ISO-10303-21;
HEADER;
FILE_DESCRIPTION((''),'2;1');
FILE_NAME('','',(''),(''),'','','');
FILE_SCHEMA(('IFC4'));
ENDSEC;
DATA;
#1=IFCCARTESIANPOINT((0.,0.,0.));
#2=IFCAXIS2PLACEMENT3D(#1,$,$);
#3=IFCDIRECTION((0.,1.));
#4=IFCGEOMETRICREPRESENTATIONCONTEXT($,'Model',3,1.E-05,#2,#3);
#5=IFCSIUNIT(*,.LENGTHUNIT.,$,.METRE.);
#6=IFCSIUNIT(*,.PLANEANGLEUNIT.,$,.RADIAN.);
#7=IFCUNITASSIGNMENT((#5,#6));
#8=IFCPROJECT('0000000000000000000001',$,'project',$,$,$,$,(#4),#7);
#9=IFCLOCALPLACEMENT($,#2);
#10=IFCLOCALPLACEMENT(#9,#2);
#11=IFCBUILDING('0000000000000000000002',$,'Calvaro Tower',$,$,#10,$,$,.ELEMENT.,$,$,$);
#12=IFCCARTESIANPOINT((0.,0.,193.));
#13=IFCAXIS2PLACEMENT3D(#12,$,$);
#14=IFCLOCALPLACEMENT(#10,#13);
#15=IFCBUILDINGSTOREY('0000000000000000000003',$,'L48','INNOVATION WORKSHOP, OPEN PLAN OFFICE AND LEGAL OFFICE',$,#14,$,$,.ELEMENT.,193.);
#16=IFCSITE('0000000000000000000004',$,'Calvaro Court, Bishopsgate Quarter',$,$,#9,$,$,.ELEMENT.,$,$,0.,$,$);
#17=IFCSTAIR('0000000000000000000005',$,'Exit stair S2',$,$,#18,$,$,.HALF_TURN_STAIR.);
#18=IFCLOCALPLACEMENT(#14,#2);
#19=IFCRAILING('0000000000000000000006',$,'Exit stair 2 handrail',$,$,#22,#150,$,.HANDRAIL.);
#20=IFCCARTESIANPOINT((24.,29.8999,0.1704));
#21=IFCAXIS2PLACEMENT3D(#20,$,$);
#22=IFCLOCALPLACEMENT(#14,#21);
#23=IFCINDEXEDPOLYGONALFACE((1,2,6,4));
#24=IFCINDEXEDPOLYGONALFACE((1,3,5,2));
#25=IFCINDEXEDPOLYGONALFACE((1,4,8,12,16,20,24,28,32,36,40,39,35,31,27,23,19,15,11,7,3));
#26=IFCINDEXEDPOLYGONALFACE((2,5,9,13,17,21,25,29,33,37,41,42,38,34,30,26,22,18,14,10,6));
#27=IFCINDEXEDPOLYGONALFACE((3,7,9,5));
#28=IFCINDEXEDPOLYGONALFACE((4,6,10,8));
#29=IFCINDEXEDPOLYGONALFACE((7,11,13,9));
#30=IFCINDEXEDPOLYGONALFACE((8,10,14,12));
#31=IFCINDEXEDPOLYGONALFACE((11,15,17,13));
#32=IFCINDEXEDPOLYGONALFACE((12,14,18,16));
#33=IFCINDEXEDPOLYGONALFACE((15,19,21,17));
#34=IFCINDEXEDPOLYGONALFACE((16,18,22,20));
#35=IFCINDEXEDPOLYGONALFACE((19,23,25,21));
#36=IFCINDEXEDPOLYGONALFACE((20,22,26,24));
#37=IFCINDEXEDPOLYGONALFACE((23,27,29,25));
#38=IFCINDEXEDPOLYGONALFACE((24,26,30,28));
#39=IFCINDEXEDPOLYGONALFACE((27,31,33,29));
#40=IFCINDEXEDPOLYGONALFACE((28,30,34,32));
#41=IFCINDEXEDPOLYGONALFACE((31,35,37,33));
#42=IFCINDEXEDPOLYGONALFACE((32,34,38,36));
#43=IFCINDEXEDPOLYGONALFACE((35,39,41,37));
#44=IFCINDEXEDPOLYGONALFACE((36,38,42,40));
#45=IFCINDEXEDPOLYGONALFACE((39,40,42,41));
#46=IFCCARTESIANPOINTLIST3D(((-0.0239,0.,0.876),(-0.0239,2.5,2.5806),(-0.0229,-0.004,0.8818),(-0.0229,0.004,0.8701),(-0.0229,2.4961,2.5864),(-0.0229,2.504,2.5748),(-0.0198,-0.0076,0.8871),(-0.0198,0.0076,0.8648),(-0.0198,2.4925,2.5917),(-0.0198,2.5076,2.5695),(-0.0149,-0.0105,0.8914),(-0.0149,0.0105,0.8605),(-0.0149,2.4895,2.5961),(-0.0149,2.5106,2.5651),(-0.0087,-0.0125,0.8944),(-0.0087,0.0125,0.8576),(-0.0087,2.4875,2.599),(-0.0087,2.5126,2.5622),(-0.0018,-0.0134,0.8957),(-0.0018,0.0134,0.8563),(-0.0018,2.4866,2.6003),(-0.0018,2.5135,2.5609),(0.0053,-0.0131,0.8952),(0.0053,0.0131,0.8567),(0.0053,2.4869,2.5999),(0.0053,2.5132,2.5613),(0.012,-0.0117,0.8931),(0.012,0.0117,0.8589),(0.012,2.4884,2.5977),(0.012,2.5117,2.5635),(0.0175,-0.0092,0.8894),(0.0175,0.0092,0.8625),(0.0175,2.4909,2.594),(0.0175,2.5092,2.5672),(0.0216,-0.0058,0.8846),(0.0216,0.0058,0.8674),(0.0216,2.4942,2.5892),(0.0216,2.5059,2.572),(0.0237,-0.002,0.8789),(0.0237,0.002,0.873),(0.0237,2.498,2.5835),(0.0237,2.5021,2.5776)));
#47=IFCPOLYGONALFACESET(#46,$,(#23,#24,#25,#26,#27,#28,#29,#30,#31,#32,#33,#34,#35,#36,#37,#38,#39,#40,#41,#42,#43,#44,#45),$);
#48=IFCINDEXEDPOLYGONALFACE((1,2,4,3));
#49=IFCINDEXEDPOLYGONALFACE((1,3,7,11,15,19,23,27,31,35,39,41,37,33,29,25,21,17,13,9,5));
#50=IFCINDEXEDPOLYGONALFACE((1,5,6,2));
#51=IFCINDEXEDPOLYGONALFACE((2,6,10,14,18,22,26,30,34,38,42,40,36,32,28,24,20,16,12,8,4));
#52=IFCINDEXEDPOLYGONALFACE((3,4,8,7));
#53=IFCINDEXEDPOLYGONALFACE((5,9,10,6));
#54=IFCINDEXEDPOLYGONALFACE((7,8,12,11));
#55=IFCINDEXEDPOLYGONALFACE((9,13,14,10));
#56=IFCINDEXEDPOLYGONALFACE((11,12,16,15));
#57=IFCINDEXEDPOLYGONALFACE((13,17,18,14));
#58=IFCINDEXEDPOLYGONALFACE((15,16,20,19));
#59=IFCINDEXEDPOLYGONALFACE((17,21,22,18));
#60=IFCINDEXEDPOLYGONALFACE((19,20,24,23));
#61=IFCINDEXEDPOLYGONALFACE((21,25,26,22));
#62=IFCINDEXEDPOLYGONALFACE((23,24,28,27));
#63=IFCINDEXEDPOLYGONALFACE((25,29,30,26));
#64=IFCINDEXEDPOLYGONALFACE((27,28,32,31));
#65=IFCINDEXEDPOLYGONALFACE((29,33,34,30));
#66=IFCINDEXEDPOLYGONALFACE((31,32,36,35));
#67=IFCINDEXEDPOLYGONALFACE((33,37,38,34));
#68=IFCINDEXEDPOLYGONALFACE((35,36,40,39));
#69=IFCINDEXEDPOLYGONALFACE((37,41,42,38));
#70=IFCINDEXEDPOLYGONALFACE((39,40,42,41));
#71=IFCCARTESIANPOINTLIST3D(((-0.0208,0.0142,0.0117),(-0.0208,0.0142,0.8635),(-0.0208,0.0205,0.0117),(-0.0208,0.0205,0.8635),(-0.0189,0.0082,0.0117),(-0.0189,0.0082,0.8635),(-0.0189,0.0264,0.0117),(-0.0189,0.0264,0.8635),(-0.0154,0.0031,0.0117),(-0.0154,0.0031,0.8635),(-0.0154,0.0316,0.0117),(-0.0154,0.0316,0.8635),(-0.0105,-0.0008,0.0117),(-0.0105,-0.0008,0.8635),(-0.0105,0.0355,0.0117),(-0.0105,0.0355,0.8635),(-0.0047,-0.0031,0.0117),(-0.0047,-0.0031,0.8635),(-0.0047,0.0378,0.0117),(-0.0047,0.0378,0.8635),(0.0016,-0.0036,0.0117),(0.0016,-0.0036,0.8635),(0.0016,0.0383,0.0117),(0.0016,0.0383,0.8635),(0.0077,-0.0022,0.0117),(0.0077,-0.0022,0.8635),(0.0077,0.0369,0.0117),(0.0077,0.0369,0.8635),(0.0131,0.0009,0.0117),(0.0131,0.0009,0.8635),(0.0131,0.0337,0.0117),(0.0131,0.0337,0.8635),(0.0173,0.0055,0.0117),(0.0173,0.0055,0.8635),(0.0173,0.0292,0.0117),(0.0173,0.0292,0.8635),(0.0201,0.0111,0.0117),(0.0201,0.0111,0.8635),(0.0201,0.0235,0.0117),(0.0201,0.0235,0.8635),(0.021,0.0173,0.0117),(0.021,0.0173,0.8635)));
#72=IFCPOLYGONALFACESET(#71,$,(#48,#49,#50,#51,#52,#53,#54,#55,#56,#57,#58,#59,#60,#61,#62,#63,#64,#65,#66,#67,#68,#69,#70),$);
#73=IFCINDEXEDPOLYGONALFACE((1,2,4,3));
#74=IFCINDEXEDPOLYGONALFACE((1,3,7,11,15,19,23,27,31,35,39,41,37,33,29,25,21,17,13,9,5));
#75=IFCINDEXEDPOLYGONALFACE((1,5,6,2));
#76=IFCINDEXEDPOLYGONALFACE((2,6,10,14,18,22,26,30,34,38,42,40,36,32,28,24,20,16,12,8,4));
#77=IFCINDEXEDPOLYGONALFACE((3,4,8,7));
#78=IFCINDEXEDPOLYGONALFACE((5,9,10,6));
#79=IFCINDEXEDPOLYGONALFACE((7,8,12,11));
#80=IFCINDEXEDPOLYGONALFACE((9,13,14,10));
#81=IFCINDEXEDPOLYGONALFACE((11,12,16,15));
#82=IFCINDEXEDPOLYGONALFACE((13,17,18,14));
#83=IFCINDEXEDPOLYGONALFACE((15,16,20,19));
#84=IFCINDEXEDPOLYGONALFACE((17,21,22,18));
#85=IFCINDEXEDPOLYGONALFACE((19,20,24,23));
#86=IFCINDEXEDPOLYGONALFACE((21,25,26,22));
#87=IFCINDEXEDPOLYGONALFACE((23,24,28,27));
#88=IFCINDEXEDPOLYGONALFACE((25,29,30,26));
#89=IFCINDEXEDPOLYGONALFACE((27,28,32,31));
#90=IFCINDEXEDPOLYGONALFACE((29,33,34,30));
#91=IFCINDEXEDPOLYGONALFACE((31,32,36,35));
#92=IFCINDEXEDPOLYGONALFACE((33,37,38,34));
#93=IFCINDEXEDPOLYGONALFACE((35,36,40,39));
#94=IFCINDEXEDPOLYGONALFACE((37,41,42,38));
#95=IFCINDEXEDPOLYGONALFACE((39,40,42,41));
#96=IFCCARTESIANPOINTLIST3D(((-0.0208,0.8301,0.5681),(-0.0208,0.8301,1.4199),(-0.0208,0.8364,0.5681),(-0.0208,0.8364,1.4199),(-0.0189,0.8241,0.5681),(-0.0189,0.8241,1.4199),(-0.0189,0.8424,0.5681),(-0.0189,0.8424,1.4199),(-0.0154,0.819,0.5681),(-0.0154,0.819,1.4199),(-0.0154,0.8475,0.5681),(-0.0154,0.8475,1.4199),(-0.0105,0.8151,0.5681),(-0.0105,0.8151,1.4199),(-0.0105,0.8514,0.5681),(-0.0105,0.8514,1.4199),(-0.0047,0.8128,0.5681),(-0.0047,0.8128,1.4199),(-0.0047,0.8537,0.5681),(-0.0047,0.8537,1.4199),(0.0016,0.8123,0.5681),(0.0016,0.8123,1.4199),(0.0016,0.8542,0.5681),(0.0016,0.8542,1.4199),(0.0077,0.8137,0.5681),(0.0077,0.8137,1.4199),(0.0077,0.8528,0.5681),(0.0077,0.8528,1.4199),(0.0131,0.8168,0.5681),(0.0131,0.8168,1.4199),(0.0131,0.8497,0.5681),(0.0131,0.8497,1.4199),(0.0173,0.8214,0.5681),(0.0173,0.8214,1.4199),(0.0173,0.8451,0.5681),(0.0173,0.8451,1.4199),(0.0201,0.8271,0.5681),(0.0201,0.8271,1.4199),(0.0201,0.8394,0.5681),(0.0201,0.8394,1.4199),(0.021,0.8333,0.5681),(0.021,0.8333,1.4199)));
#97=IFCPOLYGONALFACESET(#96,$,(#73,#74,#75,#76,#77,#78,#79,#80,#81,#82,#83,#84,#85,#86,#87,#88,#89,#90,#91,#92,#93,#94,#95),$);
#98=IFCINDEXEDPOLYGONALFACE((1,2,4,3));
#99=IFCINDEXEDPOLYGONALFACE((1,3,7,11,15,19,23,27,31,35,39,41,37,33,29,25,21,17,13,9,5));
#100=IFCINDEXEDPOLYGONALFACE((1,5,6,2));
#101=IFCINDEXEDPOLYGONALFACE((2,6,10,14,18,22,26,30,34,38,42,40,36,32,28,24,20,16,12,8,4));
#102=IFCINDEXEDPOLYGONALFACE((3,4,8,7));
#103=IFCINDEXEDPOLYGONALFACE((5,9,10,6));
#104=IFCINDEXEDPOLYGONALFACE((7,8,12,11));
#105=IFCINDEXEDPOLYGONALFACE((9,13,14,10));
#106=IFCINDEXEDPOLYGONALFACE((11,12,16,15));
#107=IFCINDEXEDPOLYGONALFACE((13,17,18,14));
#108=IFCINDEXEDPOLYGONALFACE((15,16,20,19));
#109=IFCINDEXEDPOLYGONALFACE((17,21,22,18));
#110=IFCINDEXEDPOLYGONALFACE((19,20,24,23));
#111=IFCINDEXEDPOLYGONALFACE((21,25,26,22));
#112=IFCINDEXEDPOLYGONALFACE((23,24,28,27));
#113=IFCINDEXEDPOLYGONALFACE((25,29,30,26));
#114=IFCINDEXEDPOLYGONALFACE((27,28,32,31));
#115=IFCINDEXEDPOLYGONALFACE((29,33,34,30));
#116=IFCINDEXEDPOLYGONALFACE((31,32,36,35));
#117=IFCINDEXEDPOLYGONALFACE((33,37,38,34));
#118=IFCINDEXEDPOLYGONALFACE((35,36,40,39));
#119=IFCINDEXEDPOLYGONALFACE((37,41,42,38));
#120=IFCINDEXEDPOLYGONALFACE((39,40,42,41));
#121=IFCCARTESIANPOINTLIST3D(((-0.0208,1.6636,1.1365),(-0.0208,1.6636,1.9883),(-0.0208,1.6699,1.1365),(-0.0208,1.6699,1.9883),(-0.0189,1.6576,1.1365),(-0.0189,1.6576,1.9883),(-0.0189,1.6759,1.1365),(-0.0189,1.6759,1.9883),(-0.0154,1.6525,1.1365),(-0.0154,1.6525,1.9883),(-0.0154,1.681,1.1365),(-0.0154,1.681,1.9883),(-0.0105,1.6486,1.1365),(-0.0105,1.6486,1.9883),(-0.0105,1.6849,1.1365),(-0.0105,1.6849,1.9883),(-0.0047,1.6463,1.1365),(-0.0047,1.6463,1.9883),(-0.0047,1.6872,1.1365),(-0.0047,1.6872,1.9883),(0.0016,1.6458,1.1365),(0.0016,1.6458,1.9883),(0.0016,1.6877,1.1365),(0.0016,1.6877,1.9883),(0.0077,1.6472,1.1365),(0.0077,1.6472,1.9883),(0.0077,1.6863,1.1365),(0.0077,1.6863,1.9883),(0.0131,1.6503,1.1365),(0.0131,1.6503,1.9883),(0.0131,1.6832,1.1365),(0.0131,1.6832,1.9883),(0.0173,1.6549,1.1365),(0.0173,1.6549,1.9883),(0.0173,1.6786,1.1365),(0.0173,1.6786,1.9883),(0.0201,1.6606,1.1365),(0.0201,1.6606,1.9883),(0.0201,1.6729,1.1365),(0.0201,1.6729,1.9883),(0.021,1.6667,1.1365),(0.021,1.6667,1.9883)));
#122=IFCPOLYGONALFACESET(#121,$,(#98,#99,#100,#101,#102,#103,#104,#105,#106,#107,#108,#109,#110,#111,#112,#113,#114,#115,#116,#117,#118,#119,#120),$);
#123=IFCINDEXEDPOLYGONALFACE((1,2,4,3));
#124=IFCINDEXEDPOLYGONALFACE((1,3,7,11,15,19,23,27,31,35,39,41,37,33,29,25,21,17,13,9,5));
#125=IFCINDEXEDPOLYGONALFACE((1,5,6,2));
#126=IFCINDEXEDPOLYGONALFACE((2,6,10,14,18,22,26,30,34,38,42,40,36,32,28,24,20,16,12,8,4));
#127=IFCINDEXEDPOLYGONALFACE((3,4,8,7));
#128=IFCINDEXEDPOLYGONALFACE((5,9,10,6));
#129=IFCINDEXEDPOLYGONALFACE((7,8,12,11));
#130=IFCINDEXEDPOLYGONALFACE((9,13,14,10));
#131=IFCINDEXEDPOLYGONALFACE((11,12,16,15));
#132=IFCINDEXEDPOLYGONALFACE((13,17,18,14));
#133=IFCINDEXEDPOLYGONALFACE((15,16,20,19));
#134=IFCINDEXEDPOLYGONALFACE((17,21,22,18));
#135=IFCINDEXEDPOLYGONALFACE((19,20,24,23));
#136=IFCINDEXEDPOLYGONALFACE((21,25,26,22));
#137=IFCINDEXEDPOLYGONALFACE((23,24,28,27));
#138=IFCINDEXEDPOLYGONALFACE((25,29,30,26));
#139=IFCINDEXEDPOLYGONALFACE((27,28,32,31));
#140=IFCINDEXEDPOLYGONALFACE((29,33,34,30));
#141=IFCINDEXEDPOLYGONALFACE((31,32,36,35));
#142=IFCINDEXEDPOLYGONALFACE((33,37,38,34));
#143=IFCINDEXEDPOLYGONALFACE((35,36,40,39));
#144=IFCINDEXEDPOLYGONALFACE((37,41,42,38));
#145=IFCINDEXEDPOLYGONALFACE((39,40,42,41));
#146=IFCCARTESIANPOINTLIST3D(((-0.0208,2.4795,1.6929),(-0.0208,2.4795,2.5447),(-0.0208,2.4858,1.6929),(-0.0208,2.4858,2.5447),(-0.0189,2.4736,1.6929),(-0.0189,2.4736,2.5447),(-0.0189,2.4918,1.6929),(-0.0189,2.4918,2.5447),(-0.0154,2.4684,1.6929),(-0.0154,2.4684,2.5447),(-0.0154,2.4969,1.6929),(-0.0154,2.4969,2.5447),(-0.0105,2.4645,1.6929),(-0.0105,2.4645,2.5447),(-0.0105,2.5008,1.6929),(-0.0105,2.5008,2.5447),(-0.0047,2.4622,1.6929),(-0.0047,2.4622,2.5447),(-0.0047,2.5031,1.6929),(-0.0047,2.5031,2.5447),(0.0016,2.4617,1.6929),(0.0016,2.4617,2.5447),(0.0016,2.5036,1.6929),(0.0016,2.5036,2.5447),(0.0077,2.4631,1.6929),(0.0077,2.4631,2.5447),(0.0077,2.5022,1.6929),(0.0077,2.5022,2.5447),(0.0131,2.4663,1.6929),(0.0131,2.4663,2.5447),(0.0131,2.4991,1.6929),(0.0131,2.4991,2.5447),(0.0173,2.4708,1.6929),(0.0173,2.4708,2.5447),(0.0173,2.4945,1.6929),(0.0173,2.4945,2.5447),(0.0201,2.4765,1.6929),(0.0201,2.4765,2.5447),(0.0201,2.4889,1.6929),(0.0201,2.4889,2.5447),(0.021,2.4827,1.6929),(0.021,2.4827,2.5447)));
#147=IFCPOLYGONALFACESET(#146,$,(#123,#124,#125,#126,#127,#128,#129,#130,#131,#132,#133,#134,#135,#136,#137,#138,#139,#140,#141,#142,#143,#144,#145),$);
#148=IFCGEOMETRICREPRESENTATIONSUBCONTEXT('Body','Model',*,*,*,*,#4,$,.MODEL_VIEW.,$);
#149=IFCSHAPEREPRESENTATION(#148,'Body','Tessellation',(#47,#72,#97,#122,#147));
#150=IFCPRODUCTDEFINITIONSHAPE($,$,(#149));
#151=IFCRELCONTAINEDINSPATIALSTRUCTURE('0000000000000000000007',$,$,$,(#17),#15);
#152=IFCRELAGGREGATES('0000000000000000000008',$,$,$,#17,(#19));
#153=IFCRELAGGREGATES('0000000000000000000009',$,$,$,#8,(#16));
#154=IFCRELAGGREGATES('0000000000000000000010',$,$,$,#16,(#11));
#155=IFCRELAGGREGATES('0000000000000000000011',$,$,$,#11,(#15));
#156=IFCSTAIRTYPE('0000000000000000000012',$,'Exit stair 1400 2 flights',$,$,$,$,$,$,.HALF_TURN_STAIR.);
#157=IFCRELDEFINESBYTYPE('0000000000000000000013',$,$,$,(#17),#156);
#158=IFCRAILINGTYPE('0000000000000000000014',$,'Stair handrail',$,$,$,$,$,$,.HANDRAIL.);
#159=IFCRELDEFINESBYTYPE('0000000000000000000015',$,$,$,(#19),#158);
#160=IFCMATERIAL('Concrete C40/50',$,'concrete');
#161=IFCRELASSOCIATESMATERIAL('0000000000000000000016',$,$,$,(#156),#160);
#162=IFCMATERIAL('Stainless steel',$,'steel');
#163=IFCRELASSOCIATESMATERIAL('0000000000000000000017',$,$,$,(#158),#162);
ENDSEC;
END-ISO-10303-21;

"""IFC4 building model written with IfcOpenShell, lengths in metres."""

from ifc_helpers import new_model, si_unit, direction, frame, origin, origin_2d, place, context, subcontext, project, spatial, circle, extrude, material, type_object, element, aggregate, save


model = new_model("IFC4")

# Units and contexts
model_context = context("Model", 3, precision=1e-05, world=origin(), true_north=direction((0.0, 1.0)))
body_context = subcontext(model_context, "Body", "Model", "MODEL_VIEW")
ifc_project = project(units=[si_unit("LENGTHUNIT", "METRE"), si_unit("PLANEANGLEUNIT", "RADIAN")], contexts=[model_context])

# Site, building, storey
site_placement = place(None, origin())
site = spatial("IfcSite", under=ifc_project, at=site_placement, Name="Calvaro Court, Bishopsgate Quarter", CompositionType="ELEMENT", RefElevation=0.0)
building_placement = place(site_placement, origin())
building = spatial("IfcBuilding", under=site, at=building_placement, Name="Calvaro Tower", CompositionType="ELEMENT")
storey_placement = place(building_placement, frame((0.0, 0.0, 193.0)))
storey = spatial("IfcBuildingStorey", under=building, at=storey_placement, Name="L48", Description="INNOVATION WORKSHOP, OPEN PLAN OFFICE AND LEGAL OFFICE", CompositionType="ELEMENT", Elevation=193.0)

# Stair, railing
ifc_material_1 = material(Name="Concrete C40/50", Category="concrete")
stair_type = type_object("IfcStairType", Name="Exit stair 1400 2 flights", PredefinedType="HALF_TURN_STAIR", material=ifc_material_1)
stair_placement = place(storey_placement, origin())
stair = element("IfcStair", 1, at=stair_placement, inside=storey, type_object=stair_type, Name="Exit stair S2", PredefinedType="HALF_TURN_STAIR")
ifc_material_2 = material(Name="Stainless steel", Category="steel")
railing_type = type_object("IfcRailingType", Name="Stair handrail", PredefinedType="HANDRAIL", material=ifc_material_2)
railing_placement = place(storey_placement, frame((24.0, 29.8999, 0.1704)))
railing = element("IfcRailing", 2, at=railing_placement, type_object=railing_type, Name="Exit stair 2 handrail", PredefinedType="HANDRAIL", context=body_context, shape_type="SweptSolid", body=[
    extrude(circle(Radius=0.0239, at=origin_2d()), frame((0.0, 0.0, 0.876), z_axis=(0.0, 0.826221, 0.563347), x_axis=(-1.0, 0.0, 0.0)), (0.0, 0.0, 1.0), 3.0259),
    extrude(circle(Radius=0.021, at=origin_2d()), frame((0.0, 0.0173, 0.0117)), (0.0, 0.0, 1.0), 0.8518),
    extrude(circle(Radius=0.021, at=origin_2d()), frame((0.0, 0.8333, 0.5681)), (0.0, 0.0, 1.0), 0.8518),
    extrude(circle(Radius=0.021, at=origin_2d()), frame((0.0, 1.6667, 1.1365)), (0.0, 0.0, 1.0), 0.8518),
    extrude(circle(Radius=0.021, at=origin_2d()), frame((0.0, 2.4827, 1.6929)), (0.0, 0.0, 1.0), 0.8518),
])
aggregate(stair, [railing])

save(model, "model.ifc")
